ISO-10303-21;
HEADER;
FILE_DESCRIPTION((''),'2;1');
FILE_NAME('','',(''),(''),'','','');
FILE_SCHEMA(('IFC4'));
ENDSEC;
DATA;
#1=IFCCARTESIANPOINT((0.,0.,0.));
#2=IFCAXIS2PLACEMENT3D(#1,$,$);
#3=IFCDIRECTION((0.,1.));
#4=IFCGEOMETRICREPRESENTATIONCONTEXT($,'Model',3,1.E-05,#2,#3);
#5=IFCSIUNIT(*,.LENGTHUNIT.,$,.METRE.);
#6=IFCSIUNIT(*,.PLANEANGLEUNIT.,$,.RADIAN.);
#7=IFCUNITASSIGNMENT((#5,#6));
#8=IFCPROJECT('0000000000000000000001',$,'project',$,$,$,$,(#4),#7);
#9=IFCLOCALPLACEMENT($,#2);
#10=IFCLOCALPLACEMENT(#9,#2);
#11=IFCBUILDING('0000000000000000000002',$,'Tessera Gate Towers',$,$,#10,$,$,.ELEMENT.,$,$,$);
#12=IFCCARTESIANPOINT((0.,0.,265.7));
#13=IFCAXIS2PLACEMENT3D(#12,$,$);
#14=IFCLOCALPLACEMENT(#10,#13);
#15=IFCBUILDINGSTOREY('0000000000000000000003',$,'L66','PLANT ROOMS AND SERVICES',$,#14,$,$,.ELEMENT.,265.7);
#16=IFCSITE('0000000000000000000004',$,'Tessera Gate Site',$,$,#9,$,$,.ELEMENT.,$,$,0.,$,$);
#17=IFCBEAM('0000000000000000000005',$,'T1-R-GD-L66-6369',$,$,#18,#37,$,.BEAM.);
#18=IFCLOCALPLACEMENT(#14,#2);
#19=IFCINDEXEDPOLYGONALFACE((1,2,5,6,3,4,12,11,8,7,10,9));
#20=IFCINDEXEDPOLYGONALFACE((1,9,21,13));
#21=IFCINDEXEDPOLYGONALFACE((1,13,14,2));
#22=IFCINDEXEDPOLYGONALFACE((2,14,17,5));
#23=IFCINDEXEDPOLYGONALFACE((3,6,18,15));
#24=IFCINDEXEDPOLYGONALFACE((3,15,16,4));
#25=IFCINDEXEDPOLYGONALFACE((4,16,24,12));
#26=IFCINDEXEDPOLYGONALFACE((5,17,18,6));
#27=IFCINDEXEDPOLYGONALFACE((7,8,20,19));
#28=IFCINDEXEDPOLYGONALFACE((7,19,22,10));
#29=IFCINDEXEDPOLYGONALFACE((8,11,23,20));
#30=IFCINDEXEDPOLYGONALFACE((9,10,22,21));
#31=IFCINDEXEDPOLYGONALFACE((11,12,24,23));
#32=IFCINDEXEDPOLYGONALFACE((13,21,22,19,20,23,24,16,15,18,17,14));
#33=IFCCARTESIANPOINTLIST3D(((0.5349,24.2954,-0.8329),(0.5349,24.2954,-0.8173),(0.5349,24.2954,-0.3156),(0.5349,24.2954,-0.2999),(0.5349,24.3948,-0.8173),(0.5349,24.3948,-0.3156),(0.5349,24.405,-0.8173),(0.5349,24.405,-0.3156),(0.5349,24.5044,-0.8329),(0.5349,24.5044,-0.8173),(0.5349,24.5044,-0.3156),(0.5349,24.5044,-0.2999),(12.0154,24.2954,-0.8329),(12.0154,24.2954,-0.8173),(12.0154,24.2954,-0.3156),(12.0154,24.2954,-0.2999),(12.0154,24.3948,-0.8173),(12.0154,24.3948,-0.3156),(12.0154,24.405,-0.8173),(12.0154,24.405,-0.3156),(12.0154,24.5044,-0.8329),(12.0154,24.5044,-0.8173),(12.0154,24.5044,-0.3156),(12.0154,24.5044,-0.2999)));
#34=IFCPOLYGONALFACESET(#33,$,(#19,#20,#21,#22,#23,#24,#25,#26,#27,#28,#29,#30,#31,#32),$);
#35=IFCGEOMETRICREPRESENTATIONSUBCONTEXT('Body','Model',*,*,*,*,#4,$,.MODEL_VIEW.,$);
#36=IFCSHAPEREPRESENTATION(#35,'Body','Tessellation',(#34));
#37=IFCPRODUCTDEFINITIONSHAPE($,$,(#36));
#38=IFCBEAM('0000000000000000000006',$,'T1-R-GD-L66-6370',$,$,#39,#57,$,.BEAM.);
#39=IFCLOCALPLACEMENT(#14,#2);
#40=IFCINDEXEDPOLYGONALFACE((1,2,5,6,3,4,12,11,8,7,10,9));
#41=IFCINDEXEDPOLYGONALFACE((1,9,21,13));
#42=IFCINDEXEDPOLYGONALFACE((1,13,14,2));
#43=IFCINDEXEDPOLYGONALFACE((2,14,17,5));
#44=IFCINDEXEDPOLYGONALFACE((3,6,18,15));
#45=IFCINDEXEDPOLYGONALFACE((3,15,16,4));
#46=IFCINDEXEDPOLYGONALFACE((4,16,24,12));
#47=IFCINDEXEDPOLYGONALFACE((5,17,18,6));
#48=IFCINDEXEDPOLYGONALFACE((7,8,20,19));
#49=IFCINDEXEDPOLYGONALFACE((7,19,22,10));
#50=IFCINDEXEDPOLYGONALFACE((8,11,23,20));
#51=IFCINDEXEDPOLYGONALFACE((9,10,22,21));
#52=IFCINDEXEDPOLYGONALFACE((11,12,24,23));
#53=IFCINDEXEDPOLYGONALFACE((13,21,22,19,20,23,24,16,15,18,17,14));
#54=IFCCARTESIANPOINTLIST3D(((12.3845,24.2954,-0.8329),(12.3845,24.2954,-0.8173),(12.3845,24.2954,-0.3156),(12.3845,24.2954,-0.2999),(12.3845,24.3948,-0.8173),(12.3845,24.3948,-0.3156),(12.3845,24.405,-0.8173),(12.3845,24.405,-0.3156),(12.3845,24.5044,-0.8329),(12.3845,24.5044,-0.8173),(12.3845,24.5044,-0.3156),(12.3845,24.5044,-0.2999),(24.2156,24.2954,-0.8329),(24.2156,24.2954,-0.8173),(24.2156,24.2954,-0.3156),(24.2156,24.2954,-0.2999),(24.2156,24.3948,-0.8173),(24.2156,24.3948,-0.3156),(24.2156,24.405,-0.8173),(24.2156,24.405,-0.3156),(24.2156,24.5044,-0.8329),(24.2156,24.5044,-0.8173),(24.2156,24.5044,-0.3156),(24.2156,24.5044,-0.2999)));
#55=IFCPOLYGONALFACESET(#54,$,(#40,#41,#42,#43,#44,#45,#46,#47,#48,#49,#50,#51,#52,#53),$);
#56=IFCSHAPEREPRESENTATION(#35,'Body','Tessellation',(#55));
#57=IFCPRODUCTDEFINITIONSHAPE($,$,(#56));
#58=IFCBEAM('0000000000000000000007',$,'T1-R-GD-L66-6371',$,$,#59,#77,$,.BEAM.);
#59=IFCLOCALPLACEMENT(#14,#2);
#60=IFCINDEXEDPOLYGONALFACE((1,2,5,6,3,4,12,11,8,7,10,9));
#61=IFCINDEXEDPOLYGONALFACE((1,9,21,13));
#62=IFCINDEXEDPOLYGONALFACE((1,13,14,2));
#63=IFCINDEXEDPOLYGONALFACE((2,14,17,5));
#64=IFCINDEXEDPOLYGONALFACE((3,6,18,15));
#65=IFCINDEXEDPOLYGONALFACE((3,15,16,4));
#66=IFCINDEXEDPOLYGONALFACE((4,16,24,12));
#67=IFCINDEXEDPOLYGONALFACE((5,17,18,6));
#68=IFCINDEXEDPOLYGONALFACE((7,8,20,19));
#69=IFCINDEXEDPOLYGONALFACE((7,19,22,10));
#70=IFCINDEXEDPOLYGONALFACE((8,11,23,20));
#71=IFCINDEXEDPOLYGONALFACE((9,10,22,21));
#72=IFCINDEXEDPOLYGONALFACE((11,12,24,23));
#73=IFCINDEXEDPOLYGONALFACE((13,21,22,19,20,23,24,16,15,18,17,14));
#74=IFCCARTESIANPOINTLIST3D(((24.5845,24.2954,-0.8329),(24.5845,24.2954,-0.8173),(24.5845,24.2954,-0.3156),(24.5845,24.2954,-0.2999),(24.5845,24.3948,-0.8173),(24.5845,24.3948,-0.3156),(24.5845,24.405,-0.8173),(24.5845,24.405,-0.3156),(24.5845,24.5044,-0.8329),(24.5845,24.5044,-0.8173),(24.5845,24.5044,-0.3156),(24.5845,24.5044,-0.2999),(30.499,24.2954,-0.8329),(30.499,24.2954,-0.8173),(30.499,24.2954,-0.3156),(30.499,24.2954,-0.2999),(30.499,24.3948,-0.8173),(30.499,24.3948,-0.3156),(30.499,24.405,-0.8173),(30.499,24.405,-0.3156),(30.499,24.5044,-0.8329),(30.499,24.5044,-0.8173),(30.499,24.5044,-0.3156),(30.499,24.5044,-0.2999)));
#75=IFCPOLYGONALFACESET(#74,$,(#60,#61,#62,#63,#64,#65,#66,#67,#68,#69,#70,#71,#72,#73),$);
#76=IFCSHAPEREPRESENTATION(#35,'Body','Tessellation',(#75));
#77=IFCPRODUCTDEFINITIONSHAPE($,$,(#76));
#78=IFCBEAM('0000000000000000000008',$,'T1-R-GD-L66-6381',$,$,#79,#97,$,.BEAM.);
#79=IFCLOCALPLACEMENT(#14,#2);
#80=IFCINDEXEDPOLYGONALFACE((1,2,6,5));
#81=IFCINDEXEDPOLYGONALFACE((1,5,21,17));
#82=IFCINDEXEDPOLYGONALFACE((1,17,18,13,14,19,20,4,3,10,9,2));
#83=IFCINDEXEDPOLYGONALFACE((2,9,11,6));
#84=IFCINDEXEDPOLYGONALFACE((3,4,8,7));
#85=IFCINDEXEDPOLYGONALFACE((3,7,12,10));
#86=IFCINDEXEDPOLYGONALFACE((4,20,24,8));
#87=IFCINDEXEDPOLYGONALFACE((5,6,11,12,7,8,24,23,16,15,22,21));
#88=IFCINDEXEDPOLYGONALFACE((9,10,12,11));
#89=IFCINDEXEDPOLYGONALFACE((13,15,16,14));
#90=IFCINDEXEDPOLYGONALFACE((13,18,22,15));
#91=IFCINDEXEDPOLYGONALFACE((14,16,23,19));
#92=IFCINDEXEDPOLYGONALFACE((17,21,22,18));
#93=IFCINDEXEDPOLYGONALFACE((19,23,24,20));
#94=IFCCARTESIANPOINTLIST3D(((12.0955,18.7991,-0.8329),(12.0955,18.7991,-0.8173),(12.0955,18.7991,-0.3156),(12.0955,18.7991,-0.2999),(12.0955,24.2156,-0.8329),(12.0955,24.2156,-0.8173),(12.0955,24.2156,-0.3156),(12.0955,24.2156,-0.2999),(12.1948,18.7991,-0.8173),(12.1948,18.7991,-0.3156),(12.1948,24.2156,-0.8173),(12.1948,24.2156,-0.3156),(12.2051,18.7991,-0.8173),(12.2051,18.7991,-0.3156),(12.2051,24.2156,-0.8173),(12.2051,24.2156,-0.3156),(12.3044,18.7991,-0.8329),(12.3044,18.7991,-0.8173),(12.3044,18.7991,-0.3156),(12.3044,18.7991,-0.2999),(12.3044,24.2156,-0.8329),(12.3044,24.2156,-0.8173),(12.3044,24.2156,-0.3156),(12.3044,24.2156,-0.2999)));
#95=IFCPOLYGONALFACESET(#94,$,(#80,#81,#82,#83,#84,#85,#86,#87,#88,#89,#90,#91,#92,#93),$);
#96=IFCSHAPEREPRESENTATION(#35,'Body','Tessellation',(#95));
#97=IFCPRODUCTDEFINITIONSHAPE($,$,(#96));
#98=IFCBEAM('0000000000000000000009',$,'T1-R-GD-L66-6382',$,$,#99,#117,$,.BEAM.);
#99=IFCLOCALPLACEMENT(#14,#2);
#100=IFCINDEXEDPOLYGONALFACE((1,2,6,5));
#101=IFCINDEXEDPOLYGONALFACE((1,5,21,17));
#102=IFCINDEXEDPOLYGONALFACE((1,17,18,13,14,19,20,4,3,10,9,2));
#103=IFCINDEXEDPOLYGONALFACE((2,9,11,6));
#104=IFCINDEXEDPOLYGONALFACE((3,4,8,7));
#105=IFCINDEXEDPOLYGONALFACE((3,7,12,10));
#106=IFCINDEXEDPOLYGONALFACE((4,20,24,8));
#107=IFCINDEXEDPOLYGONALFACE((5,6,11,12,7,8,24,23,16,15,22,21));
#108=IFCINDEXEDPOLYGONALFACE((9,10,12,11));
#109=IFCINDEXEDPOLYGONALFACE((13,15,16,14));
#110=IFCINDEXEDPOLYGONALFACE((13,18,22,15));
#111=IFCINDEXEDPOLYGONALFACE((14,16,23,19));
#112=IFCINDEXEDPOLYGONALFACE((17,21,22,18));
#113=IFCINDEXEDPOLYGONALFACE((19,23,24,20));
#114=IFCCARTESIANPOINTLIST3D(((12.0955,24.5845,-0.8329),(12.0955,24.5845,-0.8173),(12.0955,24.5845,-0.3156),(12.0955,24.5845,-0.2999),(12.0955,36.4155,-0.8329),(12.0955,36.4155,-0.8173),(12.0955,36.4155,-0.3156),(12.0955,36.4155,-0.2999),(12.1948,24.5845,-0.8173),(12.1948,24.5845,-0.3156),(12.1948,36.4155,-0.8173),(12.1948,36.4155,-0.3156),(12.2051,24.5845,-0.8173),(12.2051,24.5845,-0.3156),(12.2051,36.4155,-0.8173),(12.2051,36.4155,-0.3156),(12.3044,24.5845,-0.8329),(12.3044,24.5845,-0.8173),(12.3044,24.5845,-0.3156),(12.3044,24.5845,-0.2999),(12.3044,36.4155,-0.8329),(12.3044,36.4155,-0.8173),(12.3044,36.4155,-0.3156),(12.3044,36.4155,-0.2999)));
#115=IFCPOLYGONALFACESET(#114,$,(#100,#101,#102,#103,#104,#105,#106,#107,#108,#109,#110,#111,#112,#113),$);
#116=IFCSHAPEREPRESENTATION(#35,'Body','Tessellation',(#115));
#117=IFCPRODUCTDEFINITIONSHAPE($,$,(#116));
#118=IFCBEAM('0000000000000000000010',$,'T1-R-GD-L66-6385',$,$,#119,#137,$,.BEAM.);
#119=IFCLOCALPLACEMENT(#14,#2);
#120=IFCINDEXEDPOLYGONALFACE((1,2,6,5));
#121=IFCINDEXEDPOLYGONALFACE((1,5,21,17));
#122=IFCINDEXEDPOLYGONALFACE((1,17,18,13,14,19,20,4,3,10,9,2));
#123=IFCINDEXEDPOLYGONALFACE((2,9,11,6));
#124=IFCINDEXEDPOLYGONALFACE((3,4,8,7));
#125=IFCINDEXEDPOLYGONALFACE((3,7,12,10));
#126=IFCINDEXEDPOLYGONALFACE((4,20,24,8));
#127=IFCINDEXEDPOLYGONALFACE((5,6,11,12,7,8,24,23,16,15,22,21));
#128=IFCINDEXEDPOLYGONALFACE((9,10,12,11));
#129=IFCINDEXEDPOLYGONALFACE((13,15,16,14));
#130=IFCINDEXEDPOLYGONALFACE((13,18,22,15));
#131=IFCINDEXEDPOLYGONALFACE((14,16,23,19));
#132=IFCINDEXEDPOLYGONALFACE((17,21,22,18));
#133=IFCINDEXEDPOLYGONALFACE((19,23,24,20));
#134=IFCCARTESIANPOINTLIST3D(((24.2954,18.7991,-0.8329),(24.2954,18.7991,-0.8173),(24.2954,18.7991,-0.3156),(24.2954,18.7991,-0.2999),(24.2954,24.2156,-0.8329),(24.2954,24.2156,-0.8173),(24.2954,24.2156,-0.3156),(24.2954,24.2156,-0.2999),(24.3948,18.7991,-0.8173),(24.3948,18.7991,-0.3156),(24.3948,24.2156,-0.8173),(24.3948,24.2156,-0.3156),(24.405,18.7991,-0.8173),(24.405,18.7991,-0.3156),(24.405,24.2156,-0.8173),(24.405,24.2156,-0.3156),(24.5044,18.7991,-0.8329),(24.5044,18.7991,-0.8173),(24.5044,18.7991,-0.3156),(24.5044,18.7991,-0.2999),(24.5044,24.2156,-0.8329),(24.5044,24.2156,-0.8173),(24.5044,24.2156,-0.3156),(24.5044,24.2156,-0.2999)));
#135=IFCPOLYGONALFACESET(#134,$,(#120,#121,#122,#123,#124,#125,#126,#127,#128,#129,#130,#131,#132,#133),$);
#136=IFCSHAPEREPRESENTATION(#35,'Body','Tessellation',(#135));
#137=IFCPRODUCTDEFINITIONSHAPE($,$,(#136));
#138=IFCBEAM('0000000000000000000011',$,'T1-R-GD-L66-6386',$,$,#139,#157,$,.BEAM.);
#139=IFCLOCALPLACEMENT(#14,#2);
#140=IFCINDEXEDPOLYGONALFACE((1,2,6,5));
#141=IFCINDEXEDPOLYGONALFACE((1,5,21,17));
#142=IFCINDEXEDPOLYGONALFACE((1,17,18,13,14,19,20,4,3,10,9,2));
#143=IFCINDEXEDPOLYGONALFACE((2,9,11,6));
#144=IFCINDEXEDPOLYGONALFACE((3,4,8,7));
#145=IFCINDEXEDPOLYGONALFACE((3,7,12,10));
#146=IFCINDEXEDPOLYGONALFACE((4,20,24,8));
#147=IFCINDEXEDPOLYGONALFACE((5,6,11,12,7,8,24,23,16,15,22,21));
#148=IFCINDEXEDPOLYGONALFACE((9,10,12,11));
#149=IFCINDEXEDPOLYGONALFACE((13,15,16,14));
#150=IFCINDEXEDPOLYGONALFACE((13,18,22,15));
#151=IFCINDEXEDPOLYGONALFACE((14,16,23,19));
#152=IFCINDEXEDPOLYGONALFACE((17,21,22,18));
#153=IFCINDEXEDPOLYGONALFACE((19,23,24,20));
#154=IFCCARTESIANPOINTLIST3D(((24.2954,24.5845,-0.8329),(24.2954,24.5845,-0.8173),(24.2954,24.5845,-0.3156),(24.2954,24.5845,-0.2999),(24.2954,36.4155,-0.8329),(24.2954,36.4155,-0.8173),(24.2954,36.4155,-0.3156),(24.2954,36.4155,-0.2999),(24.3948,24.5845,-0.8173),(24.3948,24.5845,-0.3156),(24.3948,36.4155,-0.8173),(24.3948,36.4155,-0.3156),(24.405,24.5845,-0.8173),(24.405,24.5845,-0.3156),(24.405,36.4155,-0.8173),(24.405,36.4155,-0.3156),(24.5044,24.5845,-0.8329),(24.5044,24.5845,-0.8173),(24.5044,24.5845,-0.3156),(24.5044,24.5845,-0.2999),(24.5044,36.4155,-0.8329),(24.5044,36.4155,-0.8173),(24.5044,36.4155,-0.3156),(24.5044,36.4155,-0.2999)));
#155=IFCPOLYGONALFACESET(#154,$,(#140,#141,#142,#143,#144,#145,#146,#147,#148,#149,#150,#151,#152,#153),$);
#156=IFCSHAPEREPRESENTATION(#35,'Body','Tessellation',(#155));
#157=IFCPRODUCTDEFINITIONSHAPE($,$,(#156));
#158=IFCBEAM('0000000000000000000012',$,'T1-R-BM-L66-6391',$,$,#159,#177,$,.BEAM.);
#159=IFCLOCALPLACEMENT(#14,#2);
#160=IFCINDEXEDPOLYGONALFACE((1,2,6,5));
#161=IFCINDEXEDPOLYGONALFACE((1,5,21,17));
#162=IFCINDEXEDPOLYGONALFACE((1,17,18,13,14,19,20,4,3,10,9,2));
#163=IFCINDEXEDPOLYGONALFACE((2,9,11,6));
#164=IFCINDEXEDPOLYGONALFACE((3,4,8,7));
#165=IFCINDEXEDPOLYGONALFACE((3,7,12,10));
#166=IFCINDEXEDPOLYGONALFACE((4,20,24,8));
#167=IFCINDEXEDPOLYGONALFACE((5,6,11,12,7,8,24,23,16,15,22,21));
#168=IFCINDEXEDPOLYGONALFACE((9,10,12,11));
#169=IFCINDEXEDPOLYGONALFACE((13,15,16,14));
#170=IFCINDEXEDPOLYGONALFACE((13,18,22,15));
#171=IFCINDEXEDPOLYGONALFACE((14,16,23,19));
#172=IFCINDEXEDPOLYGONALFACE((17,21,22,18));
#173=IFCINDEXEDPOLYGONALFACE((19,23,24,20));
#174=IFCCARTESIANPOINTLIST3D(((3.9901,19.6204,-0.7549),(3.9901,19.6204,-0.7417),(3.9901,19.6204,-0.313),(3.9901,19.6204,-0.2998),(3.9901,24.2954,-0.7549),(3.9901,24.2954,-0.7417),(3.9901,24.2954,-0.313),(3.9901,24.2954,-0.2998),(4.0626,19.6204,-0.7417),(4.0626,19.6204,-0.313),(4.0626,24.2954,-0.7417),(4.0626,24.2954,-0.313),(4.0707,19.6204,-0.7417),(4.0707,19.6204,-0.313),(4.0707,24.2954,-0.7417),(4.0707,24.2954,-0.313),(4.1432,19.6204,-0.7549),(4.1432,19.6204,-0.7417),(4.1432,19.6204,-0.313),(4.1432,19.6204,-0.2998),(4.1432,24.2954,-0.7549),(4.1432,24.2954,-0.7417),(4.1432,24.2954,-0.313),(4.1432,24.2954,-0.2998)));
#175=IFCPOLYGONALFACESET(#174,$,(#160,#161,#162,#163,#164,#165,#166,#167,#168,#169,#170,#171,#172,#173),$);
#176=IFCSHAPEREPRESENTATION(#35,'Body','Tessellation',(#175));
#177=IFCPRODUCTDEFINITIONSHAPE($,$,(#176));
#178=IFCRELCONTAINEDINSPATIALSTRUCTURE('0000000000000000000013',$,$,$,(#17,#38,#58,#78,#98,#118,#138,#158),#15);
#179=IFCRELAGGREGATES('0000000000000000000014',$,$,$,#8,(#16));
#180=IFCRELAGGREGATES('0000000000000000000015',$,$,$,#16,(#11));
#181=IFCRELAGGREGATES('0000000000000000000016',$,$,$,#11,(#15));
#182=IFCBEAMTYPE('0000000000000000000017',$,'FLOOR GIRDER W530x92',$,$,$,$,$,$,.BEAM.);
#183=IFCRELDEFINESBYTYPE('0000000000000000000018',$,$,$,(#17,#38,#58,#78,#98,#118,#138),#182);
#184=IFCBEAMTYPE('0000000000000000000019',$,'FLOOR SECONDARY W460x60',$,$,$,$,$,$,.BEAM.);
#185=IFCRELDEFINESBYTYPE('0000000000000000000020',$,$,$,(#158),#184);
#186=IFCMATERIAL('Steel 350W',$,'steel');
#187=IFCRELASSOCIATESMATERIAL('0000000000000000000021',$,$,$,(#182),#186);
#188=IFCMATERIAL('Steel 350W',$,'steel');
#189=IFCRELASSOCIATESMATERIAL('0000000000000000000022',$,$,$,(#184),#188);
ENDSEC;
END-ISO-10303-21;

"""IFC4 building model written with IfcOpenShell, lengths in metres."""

from ifc_helpers import new_model, si_unit, direction, frame, origin, origin_2d, place, context, subcontext, project, spatial, i_section, extrude, material, material_profile, profile_set, type_object, element, save


model = new_model("IFC4")

# Units and contexts
model_context = context("Model", 3, precision=1e-05, world=origin(), true_north=direction((0.0, 1.0)))
body_context = subcontext(model_context, "Body", "Model", "MODEL_VIEW")
ifc_project = project(units=[si_unit("LENGTHUNIT", "METRE"), si_unit("PLANEANGLEUNIT", "RADIAN")], contexts=[model_context])

# Site, building, storey
site_placement = place(None, origin())
site = spatial("IfcSite", under=ifc_project, at=site_placement, Name="Tessera Gate Site", CompositionType="ELEMENT", RefElevation=0.0)
building_placement = place(site_placement, origin())
building = spatial("IfcBuilding", under=site, at=building_placement, Name="Tessera Gate Towers", CompositionType="ELEMENT")
storey_placement = place(building_placement, frame((0.0, 0.0, 265.7)))
storey = spatial("IfcBuildingStorey", under=building, at=storey_placement, Name="L66", Description="PLANT ROOMS AND SERVICES", CompositionType="ELEMENT", Elevation=265.7)

# Beams
ifc_material_1 = material(Name="Steel 350W", Category="steel")
ifc_material_profile_1 = material_profile(ifc_material_1, i_section(OverallWidth=0.209, OverallDepth=0.533, WebThickness=0.0103, FlangeThickness=0.0156, at=origin_2d()), Name="W530x92")
ifc_profile_set_1 = profile_set([ifc_material_profile_1], Name="Steel 350W")
beam_type_1 = type_object("IfcBeamType", Name="FLOOR GIRDER W530x92", PredefinedType="BEAM", material=ifc_profile_set_1)
beam_1_placement = place(storey_placement, frame((0.5349, 24.3999, -0.5664), z_axis=(1.0, 0.0, 0.0), x_axis=(0.0, 1.0, 0.0)))
element("IfcBeam", 1, at=beam_1_placement, inside=storey, type_object=beam_type_1, Name="T1-R-GD-L66-6369", PredefinedType="BEAM", context=body_context, shape_type="SweptSolid", body=[
    extrude(i_section(OverallWidth=0.209, OverallDepth=0.533, WebThickness=0.0103, FlangeThickness=0.0156, at=origin_2d()), origin(), (0.0, 0.0, 1.0), 11.4805),
])
beam_2_placement = place(storey_placement, frame((12.3845, 24.3999, -0.5664), z_axis=(1.0, 0.0, 0.0), x_axis=(0.0, 1.0, 0.0)))
element("IfcBeam", 2, at=beam_2_placement, inside=storey, type_object=beam_type_1, Name="T1-R-GD-L66-6370", PredefinedType="BEAM", context=body_context, shape_type="SweptSolid", body=[
    extrude(i_section(OverallWidth=0.209, OverallDepth=0.533, WebThickness=0.0103, FlangeThickness=0.0156, at=origin_2d()), origin(), (0.0, 0.0, 1.0), 11.8311),
])
beam_3_placement = place(storey_placement, frame((24.5845, 24.3999, -0.5664), z_axis=(1.0, 0.0, 0.0), x_axis=(0.0, 1.0, 0.0)))
element("IfcBeam", 3, at=beam_3_placement, inside=storey, type_object=beam_type_1, Name="T1-R-GD-L66-6371", PredefinedType="BEAM", context=body_context, shape_type="SweptSolid", body=[
    extrude(i_section(OverallWidth=0.209, OverallDepth=0.533, WebThickness=0.0103, FlangeThickness=0.0156, at=origin_2d()), origin(), (0.0, 0.0, 1.0), 5.9146),
])
beam_4_placement = place(storey_placement, frame((12.2, 18.7991, -0.5664), z_axis=(0.0, 1.0, 0.0), x_axis=(-1.0, 0.0, 0.0)))
element("IfcBeam", 4, at=beam_4_placement, inside=storey, type_object=beam_type_1, Name="T1-R-GD-L66-6381", PredefinedType="BEAM", context=body_context, shape_type="SweptSolid", body=[
    extrude(i_section(OverallWidth=0.209, OverallDepth=0.533, WebThickness=0.0103, FlangeThickness=0.0156, at=origin_2d()), origin(), (0.0, 0.0, 1.0), 5.4165),
])
beam_5_placement = place(storey_placement, frame((12.2, 24.5845, -0.5664), z_axis=(0.0, 1.0, 0.0), x_axis=(-1.0, 0.0, 0.0)))
element("IfcBeam", 5, at=beam_5_placement, inside=storey, type_object=beam_type_1, Name="T1-R-GD-L66-6382", PredefinedType="BEAM", context=body_context, shape_type="SweptSolid", body=[
    extrude(i_section(OverallWidth=0.209, OverallDepth=0.533, WebThickness=0.0103, FlangeThickness=0.0156, at=origin_2d()), origin(), (0.0, 0.0, 1.0), 11.8311),
])
beam_6_placement = place(storey_placement, frame((24.3999, 18.7991, -0.5664), z_axis=(0.0, 1.0, 0.0), x_axis=(-1.0, 0.0, 0.0)))
element("IfcBeam", 6, at=beam_6_placement, inside=storey, type_object=beam_type_1, Name="T1-R-GD-L66-6385", PredefinedType="BEAM", context=body_context, shape_type="SweptSolid", body=[
    extrude(i_section(OverallWidth=0.209, OverallDepth=0.533, WebThickness=0.0103, FlangeThickness=0.0156, at=origin_2d()), origin(), (0.0, 0.0, 1.0), 5.4165),
])
beam_7_placement = place(storey_placement, frame((24.3999, 24.5845, -0.5664), z_axis=(0.0, 1.0, 0.0), x_axis=(-1.0, 0.0, 0.0)))
element("IfcBeam", 7, at=beam_7_placement, inside=storey, type_object=beam_type_1, Name="T1-R-GD-L66-6386", PredefinedType="BEAM", context=body_context, shape_type="SweptSolid", body=[
    extrude(i_section(OverallWidth=0.209, OverallDepth=0.533, WebThickness=0.0103, FlangeThickness=0.0156, at=origin_2d()), origin(), (0.0, 0.0, 1.0), 11.8311),
])
ifc_material_2 = material(Name="Steel 350W", Category="steel")
ifc_material_profile_2 = material_profile(ifc_material_2, i_section(OverallWidth=0.1531, OverallDepth=0.4551, WebThickness=0.0081, FlangeThickness=0.0132, at=origin_2d()), Name="W460x60")
ifc_profile_set_2 = profile_set([ifc_material_profile_2], Name="Steel 350W")
beam_type_2 = type_object("IfcBeamType", Name="FLOOR SECONDARY W460x60", PredefinedType="BEAM", material=ifc_profile_set_2)
beam_8_placement = place(storey_placement, frame((4.0667, 19.6204, -0.5273), z_axis=(0.0, 1.0, 0.0), x_axis=(-1.0, 0.0, 0.0)))
element("IfcBeam", 8, at=beam_8_placement, inside=storey, type_object=beam_type_2, Name="T1-R-BM-L66-6391", PredefinedType="BEAM", context=body_context, shape_type="SweptSolid", body=[
    extrude(i_section(OverallWidth=0.1531, OverallDepth=0.4551, WebThickness=0.0081, FlangeThickness=0.0132, at=origin_2d()), origin(), (0.0, 0.0, 1.0), 4.675),
])

save(model, "model.ifc")
